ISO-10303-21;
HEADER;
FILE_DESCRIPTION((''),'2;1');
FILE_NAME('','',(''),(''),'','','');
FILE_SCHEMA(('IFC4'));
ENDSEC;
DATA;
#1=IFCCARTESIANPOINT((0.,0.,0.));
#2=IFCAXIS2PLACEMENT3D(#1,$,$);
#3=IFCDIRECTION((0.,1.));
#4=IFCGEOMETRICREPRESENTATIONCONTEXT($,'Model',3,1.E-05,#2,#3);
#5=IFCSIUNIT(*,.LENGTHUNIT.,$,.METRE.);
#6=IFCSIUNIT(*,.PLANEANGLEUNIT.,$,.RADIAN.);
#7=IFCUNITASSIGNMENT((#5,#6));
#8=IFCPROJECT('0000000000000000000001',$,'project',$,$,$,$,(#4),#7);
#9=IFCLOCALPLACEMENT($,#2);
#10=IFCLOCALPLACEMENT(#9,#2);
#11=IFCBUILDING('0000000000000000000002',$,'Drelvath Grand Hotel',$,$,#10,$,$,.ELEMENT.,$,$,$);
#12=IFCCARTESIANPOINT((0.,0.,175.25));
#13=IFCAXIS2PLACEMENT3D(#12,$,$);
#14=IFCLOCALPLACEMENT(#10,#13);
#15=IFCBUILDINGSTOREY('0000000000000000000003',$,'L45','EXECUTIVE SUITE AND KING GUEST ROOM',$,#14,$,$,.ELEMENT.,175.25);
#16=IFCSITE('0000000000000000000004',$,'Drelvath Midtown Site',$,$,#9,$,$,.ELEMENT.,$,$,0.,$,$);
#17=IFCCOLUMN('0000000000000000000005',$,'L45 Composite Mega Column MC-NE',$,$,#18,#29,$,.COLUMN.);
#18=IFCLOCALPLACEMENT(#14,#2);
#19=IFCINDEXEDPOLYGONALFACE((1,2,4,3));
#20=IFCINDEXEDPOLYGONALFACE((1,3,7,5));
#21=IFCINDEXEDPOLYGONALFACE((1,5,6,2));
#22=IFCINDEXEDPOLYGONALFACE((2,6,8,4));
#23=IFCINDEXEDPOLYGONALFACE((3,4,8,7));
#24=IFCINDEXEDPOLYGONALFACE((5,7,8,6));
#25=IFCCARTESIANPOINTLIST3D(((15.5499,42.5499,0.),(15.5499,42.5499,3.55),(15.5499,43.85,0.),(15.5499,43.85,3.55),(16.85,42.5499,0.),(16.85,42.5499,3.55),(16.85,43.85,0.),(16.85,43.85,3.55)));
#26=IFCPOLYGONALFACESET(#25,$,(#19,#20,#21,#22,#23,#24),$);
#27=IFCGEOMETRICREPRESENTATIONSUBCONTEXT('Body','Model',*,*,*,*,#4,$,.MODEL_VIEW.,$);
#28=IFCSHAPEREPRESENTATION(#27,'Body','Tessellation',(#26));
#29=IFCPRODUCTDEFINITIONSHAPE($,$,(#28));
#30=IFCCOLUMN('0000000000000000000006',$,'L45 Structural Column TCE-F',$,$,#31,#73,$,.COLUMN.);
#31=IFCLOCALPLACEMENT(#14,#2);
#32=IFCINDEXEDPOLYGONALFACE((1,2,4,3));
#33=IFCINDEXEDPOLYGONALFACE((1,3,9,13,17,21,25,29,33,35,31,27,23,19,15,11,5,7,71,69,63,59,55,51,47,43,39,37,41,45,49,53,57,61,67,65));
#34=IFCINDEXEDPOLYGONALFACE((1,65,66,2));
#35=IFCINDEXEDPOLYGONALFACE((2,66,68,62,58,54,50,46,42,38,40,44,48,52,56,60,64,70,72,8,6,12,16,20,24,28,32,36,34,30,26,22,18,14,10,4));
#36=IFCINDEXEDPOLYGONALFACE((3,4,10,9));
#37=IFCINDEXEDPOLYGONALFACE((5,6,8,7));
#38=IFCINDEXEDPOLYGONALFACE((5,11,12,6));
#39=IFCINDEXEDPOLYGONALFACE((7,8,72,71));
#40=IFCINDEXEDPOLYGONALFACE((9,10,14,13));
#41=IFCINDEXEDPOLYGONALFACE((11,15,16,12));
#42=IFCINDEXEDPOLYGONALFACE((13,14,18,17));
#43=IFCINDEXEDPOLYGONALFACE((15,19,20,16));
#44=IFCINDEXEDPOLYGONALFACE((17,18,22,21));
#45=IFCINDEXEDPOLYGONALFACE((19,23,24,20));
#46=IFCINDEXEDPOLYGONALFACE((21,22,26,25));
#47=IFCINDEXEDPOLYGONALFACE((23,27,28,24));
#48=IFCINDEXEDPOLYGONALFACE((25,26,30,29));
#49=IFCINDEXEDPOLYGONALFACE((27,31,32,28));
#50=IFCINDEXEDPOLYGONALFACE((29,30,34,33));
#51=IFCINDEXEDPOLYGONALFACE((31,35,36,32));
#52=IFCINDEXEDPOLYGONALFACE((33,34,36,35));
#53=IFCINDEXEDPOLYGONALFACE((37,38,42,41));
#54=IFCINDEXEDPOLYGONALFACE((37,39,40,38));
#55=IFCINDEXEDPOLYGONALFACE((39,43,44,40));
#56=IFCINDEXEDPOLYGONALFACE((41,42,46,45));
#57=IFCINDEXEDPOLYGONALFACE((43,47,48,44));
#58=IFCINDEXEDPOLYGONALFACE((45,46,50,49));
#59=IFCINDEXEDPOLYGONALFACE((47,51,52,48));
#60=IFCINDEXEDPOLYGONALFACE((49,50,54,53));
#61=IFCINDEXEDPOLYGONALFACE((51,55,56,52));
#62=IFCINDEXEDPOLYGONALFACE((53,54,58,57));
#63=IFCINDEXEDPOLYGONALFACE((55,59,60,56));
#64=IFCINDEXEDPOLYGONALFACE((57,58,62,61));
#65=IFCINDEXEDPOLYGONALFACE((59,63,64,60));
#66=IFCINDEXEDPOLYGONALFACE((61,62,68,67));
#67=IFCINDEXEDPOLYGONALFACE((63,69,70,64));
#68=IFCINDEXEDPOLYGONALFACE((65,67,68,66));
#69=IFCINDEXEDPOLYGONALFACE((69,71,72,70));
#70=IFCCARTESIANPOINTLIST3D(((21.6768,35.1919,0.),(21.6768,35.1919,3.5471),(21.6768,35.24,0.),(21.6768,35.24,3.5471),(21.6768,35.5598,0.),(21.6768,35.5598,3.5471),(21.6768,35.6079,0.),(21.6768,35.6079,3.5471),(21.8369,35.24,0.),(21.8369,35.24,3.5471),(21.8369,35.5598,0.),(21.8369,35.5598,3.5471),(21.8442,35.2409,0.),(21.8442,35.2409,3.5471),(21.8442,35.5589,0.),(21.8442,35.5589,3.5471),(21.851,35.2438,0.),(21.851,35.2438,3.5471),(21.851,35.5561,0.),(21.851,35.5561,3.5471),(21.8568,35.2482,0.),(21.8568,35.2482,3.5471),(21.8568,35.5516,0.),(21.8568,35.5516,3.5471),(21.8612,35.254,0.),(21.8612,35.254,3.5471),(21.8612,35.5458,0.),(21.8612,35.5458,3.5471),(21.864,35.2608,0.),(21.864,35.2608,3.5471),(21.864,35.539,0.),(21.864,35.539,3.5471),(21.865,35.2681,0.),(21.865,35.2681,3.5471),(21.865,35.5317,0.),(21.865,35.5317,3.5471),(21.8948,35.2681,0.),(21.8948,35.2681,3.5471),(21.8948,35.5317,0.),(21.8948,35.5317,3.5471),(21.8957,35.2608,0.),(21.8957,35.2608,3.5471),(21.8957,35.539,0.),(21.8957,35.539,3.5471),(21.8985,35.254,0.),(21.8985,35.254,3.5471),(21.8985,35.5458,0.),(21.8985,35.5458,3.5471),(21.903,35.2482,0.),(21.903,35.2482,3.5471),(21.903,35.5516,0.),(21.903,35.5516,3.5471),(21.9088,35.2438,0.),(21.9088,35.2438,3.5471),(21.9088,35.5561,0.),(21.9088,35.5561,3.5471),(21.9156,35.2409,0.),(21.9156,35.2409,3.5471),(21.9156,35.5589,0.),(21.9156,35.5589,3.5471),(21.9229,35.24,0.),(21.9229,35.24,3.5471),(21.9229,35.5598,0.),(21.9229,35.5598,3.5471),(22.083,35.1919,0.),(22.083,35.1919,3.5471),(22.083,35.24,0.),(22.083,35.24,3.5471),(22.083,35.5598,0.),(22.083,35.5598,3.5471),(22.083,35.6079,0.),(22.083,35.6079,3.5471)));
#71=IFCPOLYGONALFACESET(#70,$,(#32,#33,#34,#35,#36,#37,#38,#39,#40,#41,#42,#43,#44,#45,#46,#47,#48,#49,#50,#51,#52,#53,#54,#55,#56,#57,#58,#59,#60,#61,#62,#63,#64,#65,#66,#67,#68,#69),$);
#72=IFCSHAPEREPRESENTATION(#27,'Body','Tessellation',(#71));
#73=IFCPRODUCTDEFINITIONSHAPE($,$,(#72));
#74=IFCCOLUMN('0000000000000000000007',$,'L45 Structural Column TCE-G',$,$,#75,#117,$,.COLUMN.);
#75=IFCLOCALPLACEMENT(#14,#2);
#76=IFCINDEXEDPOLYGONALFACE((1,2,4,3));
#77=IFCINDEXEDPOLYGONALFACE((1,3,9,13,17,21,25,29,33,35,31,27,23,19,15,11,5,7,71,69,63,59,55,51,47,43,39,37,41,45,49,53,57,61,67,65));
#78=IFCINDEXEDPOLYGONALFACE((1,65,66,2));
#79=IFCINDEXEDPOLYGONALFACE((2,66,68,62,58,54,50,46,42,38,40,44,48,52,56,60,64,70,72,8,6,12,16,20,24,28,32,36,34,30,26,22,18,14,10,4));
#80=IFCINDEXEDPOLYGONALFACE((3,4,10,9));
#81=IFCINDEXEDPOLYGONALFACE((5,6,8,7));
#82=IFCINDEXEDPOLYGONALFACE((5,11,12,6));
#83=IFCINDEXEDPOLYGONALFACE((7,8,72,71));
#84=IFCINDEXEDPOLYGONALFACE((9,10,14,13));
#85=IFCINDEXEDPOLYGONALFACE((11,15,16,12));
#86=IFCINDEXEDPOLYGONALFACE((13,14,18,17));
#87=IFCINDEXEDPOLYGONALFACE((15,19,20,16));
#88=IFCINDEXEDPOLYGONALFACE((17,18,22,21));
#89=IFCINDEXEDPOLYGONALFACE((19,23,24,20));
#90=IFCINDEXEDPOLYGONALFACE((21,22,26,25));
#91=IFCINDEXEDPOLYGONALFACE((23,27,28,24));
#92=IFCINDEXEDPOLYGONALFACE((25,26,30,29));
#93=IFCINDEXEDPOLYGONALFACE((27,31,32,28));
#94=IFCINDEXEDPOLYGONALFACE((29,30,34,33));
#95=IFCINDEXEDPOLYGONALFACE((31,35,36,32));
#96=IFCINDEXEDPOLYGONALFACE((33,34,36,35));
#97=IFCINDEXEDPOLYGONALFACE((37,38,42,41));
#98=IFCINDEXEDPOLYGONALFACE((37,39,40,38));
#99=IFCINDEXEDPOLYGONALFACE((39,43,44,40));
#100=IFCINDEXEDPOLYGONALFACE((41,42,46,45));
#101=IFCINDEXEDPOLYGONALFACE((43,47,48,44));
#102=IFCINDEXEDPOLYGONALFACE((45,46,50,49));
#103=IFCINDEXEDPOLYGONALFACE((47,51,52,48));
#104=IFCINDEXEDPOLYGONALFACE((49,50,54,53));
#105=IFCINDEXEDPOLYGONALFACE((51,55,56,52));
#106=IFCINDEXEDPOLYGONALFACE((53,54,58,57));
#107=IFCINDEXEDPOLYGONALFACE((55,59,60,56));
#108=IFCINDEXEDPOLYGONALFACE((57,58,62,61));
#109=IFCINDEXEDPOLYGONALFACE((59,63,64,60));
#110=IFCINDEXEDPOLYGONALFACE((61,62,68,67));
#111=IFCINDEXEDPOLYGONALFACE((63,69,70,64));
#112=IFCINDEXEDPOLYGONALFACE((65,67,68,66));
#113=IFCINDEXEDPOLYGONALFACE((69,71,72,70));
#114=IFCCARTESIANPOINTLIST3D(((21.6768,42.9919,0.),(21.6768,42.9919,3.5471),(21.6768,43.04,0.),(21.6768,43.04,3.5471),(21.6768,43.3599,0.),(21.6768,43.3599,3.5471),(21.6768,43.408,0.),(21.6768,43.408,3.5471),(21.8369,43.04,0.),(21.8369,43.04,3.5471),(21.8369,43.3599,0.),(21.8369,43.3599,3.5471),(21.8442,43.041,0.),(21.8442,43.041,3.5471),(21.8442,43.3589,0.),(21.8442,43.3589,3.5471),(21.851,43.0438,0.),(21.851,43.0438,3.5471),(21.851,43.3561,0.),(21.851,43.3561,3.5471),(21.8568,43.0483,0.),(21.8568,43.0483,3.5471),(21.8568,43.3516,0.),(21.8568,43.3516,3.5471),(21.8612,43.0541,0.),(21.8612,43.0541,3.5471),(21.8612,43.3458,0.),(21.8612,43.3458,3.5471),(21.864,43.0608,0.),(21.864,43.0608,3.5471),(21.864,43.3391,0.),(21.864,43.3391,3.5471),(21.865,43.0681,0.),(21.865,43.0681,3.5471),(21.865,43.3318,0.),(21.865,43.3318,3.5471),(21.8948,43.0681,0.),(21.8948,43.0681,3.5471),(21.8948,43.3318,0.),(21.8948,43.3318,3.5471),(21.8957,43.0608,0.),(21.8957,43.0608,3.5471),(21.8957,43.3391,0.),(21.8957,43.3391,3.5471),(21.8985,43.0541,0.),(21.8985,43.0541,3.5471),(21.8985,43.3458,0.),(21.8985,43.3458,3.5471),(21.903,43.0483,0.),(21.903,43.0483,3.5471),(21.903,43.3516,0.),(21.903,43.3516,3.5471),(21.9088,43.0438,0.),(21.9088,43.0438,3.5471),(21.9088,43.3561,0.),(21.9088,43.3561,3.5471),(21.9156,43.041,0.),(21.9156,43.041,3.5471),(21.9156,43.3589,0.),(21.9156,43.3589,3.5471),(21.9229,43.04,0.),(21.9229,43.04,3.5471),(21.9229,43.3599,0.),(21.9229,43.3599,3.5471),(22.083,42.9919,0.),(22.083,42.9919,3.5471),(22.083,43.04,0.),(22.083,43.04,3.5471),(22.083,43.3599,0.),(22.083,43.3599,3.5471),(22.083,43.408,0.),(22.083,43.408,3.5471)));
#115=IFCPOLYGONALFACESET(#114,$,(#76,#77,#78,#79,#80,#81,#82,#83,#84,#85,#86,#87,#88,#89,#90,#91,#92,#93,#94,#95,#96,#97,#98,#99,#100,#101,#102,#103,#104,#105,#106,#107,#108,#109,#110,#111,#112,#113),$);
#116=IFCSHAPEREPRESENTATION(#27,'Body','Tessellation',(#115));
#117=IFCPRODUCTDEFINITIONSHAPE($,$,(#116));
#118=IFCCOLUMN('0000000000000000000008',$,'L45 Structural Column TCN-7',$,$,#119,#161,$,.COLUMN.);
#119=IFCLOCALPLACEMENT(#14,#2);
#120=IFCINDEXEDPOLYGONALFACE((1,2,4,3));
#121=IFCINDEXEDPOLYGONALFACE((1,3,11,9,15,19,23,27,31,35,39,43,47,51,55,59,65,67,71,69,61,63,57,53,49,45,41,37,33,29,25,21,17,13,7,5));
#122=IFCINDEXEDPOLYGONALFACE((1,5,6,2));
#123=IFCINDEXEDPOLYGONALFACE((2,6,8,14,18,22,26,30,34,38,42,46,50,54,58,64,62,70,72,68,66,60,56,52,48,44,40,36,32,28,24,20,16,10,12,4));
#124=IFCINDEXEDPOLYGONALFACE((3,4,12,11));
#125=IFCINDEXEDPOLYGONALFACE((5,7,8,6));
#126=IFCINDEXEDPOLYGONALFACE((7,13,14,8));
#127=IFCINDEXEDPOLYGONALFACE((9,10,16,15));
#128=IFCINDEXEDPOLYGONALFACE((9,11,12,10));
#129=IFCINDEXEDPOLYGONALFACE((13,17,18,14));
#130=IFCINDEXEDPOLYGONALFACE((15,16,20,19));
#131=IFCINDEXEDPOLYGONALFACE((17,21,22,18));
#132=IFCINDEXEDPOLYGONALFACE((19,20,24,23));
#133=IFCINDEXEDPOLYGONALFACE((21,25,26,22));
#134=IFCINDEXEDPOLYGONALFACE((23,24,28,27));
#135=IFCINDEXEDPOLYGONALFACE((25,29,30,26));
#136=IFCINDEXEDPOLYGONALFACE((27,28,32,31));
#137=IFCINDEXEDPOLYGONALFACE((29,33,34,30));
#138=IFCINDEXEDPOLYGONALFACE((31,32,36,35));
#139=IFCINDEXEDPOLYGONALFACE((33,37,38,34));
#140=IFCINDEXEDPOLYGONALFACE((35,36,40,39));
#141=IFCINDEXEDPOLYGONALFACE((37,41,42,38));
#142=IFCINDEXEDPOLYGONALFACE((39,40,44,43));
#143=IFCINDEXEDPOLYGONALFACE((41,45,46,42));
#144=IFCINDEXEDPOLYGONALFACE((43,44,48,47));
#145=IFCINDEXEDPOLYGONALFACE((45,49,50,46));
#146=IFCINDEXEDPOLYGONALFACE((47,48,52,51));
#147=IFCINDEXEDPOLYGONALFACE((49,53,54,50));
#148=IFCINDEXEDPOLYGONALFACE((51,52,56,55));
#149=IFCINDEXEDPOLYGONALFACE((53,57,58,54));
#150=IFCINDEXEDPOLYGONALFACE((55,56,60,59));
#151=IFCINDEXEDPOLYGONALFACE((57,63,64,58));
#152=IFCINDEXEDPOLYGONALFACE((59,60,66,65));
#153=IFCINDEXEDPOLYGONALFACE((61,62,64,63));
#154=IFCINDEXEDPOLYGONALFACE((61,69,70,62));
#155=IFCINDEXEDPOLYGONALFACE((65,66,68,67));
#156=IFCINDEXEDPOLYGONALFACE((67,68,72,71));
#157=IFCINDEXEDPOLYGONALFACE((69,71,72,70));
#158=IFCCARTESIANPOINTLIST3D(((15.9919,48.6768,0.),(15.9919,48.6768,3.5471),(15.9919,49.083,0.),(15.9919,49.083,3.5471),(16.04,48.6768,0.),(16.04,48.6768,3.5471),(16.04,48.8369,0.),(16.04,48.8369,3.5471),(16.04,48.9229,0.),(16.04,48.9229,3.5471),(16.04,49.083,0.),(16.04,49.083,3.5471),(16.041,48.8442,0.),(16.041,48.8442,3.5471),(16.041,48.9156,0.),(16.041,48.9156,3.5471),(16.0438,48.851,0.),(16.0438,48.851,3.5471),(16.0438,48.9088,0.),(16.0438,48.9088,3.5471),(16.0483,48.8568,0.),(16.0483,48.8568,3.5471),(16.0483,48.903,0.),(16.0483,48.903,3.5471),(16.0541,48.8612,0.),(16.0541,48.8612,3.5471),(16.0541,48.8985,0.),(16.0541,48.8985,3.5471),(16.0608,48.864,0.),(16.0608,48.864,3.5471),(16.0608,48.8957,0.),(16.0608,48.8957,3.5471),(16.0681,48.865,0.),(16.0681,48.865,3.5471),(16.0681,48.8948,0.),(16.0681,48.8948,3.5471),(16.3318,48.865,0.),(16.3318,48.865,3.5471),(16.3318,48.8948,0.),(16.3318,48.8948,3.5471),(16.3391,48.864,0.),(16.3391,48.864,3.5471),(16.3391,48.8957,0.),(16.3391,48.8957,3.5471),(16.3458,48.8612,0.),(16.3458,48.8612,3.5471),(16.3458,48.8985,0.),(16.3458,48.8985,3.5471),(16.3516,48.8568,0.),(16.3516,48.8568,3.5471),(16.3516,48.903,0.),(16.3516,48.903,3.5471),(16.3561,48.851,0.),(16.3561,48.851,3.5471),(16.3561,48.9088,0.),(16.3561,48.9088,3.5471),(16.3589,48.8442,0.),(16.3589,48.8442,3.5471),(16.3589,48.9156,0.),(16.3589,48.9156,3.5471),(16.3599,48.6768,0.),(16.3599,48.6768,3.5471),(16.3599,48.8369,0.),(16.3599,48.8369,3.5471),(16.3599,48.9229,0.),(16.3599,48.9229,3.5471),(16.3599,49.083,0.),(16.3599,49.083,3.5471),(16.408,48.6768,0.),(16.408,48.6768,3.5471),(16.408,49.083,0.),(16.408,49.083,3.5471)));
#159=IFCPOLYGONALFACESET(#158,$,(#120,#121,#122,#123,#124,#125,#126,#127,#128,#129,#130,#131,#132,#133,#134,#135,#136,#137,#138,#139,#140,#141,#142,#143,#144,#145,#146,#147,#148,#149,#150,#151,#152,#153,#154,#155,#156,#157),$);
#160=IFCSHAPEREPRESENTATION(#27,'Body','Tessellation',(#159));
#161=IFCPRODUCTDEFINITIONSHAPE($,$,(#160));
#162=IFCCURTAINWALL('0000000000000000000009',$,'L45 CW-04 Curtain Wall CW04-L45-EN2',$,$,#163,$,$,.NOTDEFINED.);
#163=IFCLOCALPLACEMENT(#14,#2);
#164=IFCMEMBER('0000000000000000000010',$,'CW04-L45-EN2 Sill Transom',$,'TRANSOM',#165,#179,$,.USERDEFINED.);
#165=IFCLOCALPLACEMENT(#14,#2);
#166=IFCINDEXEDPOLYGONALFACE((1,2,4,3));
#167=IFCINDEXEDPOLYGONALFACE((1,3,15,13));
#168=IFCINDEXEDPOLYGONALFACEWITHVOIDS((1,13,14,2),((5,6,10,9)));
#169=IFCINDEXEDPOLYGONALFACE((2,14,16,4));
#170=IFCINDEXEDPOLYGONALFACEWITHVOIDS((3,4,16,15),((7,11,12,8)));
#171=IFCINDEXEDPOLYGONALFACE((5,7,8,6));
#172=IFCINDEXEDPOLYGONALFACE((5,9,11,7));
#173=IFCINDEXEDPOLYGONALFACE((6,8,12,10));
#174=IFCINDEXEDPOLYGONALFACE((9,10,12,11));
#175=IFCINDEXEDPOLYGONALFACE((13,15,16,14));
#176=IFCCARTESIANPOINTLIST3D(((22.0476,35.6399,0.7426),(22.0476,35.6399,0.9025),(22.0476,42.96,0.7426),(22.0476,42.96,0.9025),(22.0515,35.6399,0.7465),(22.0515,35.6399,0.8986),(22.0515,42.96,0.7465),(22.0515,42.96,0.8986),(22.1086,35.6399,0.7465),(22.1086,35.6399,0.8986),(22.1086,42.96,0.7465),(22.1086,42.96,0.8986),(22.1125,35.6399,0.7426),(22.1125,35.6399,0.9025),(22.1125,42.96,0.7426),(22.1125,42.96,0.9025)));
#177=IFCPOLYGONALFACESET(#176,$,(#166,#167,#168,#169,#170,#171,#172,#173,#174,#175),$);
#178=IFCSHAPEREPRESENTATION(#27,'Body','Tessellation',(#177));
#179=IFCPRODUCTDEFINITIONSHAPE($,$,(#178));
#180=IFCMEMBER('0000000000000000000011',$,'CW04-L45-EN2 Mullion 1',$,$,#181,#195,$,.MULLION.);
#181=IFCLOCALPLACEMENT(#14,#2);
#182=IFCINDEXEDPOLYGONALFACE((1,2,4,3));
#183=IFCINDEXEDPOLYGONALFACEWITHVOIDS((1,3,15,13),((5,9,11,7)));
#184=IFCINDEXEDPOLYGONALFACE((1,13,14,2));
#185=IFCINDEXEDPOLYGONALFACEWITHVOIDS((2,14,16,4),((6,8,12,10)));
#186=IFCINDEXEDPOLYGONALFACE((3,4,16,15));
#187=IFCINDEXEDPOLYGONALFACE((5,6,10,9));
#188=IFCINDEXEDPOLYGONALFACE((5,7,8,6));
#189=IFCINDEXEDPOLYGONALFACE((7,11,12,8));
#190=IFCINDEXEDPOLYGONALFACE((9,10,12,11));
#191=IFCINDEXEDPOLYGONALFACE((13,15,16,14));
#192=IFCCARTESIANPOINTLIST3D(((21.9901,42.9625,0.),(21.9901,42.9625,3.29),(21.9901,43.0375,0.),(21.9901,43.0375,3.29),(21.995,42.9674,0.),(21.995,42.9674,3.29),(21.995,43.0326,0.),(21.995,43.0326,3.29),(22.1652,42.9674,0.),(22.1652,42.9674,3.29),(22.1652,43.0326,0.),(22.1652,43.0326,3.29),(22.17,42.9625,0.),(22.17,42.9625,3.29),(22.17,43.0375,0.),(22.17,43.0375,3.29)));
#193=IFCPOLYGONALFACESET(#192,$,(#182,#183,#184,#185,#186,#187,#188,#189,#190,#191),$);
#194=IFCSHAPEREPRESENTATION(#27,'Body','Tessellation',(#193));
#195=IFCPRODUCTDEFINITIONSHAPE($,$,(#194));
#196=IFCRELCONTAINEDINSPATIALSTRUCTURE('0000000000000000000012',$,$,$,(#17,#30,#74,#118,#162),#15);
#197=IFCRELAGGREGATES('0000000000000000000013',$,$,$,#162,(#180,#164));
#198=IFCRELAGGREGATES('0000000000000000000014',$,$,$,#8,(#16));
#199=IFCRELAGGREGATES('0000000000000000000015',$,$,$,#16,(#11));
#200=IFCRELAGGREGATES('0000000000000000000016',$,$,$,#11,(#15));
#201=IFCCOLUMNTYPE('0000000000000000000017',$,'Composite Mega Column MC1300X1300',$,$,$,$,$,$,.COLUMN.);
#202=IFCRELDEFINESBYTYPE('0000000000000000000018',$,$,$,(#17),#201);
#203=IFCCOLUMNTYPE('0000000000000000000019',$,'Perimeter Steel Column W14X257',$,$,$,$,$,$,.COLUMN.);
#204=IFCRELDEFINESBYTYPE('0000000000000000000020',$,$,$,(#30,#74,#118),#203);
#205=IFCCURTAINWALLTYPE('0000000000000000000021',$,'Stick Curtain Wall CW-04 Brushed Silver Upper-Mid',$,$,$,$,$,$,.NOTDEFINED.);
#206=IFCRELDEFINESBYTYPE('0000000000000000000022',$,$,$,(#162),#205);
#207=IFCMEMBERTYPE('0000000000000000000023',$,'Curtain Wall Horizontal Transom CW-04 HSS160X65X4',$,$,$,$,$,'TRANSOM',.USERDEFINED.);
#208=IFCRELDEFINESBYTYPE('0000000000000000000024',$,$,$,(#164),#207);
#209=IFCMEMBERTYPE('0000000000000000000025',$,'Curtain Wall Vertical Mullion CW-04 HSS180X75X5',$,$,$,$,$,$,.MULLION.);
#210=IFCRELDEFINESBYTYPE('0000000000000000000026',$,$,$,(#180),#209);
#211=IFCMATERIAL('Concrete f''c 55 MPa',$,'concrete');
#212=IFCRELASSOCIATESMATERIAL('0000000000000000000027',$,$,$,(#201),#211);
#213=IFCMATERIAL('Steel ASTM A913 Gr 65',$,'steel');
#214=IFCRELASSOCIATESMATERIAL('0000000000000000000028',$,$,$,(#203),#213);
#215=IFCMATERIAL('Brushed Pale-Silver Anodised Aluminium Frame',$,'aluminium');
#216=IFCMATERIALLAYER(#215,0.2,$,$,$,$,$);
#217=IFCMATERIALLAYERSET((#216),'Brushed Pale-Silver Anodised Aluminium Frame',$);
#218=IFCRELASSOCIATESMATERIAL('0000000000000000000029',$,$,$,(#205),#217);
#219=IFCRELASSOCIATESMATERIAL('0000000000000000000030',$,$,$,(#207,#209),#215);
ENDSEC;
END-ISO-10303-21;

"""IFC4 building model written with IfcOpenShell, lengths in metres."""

from ifc_helpers import new_model, si_unit, direction, frame, origin, origin_2d, place, context, subcontext, project, spatial, rectangle, hollow_rectangle, i_section, extrude, material, layer, layer_set, material_profile, profile_set, type_object, element, aggregate, save


model = new_model("IFC4")

# Units and contexts
model_context = context("Model", 3, precision=1e-05, world=origin(), true_north=direction((0.0, 1.0)))
body_context = subcontext(model_context, "Body", "Model", "MODEL_VIEW")
ifc_project = project(units=[si_unit("LENGTHUNIT", "METRE"), si_unit("PLANEANGLEUNIT", "RADIAN")], contexts=[model_context])

# Site, building, storey
site_placement = place(None, origin())
site = spatial("IfcSite", under=ifc_project, at=site_placement, Name="Drelvath Midtown Site", CompositionType="ELEMENT", RefElevation=0.0)
building_placement = place(site_placement, origin())
building = spatial("IfcBuilding", under=site, at=building_placement, Name="Drelvath Grand Hotel", CompositionType="ELEMENT")
storey_placement = place(building_placement, frame((0.0, 0.0, 175.25)))
storey = spatial("IfcBuildingStorey", under=building, at=storey_placement, Name="L45", Description="EXECUTIVE SUITE AND KING GUEST ROOM", CompositionType="ELEMENT", Elevation=175.25)

# Columns
ifc_material_1 = material(Name="Concrete f'c 55 MPa", Category="concrete")
ifc_material_profile_1 = material_profile(ifc_material_1, rectangle(XDim=1.3, YDim=1.3, at=origin_2d()), Name="MC1300X1300")
ifc_profile_set_1 = profile_set([ifc_material_profile_1], Name="Concrete f'c 55 MPa")
column_type_1 = type_object("IfcColumnType", Name="Composite Mega Column MC1300X1300", PredefinedType="COLUMN", material=ifc_profile_set_1)
column_placement = place(storey_placement, frame((16.2, 43.2, 0.0), z_axis=(0.0, 0.0, 1.0), x_axis=(1.0, 0.0, 0.0)))
element("IfcColumn", 1, at=column_placement, inside=storey, type_object=column_type_1, Name="L45 Composite Mega Column MC-NE", PredefinedType="COLUMN", context=body_context, shape_type="SweptSolid", body=[
    extrude(rectangle(XDim=1.3, YDim=1.3, at=origin_2d()), origin(), (0.0, 0.0, 1.0), 3.55),
])
ifc_material_2 = material(Name="Steel ASTM A913 Gr 65", Category="steel")
ifc_material_profile_2 = material_profile(ifc_material_2, i_section(OverallWidth=0.4062, OverallDepth=0.416, WebThickness=0.0298, FlangeThickness=0.0481, FilletRadius=0.0281, at=origin_2d()), Name="W14X257")
ifc_profile_set_2 = profile_set([ifc_material_profile_2], Name="Steel ASTM A913 Gr 65")
column_type_2 = type_object("IfcColumnType", Name="Perimeter Steel Column W14X257", PredefinedType="COLUMN", material=ifc_profile_set_2)
for number, where, z_axis, x_axis, name in (
    (2, (21.8799, 35.3999, 0.0), (0.0, 0.0, 1.0), (1.0, 0.0, 0.0), "L45 Structural Column TCE-F"),
    (3, (21.8799, 43.2, 0.0), (0.0, 0.0, 1.0), (1.0, 0.0, 0.0), "L45 Structural Column TCE-G"),
    (4, (16.2, 48.8799, 0.0), (0.0, 0.0, 1.0), (0.0, 1.0, 0.0), "L45 Structural Column TCN-7"),
):
    element("IfcColumn", number, at=place(storey_placement, frame(where, z_axis=z_axis, x_axis=x_axis)), inside=storey, type_object=column_type_2, Name=name, PredefinedType="COLUMN", context=body_context, shape_type="SweptSolid", body=[
        extrude(i_section(OverallWidth=0.4062, OverallDepth=0.416, WebThickness=0.0298, FlangeThickness=0.0481, FilletRadius=0.0281, at=origin_2d()), origin(), (0.0, 0.0, 1.0), 3.5471),
    ])

# Curtain wall, members
ifc_material_3 = material(Name="Brushed Pale-Silver Anodised Aluminium Frame", Category="aluminium")
ifc_layer_1 = layer(ifc_material_3, 0.2)
ifc_layer_set_1 = layer_set([ifc_layer_1], Name="Brushed Pale-Silver Anodised Aluminium Frame")
curtain_wall_type = type_object("IfcCurtainWallType", Name="Stick Curtain Wall CW-04 Brushed Silver Upper-Mid", PredefinedType="NOTDEFINED", material=ifc_layer_set_1)
curtain_wall_placement = place(storey_placement, origin())
curtain_wall = element("IfcCurtainWall", 5, at=curtain_wall_placement, inside=storey, type_object=curtain_wall_type, Name="L45 CW-04 Curtain Wall CW04-L45-EN2", PredefinedType="NOTDEFINED")
ifc_material_profile_3 = material_profile(ifc_material_3, hollow_rectangle(XDim=0.0649, YDim=0.1599, WallThickness=0.0039, at=origin_2d()), Name="HSS160X65X4")
ifc_profile_set_3 = profile_set([ifc_material_profile_3], Name="Brushed Pale-Silver Anodised Aluminium Frame")
member_type_1 = type_object("IfcMemberType", Name="Curtain Wall Horizontal Transom CW-04 HSS160X65X4", ElementType="TRANSOM", PredefinedType="USERDEFINED", material=ifc_profile_set_3)
member_1_placement = place(storey_placement, frame((22.0801, 42.96, 0.8225), z_axis=(0.0, -1.0, 0.0), x_axis=(1.0, 0.0, 0.0)))
member_1 = element("IfcMember", 6, at=member_1_placement, type_object=member_type_1, Name="CW04-L45-EN2 Sill Transom", ObjectType="TRANSOM", PredefinedType="USERDEFINED", context=body_context, shape_type="SweptSolid", body=[
    extrude(hollow_rectangle(XDim=0.0649, YDim=0.1599, WallThickness=0.0039, at=origin_2d()), origin(), (0.0, 0.0, 1.0), 7.3201),
])
ifc_material_profile_4 = material_profile(ifc_material_3, hollow_rectangle(XDim=0.075, YDim=0.1799, WallThickness=0.0049, at=origin_2d()), Name="HSS180X75X5")
ifc_profile_set_4 = profile_set([ifc_material_profile_4], Name="Brushed Pale-Silver Anodised Aluminium Frame")
member_type_2 = type_object("IfcMemberType", Name="Curtain Wall Vertical Mullion CW-04 HSS180X75X5", PredefinedType="MULLION", material=ifc_profile_set_4)
member_2_placement = place(storey_placement, frame((22.0801, 43.0, 0.0), z_axis=(0.0, 0.0, 1.0), x_axis=(0.0, 1.0, 0.0)))
member_2 = element("IfcMember", 7, at=member_2_placement, type_object=member_type_2, Name="CW04-L45-EN2 Mullion 1", PredefinedType="MULLION", context=body_context, shape_type="SweptSolid", body=[
    extrude(hollow_rectangle(XDim=0.075, YDim=0.1799, WallThickness=0.0049, at=origin_2d()), origin(), (0.0, 0.0, 1.0), 3.29),
])

aggregate(curtain_wall, [member_2, member_1])

save(model, "model.ifc")
